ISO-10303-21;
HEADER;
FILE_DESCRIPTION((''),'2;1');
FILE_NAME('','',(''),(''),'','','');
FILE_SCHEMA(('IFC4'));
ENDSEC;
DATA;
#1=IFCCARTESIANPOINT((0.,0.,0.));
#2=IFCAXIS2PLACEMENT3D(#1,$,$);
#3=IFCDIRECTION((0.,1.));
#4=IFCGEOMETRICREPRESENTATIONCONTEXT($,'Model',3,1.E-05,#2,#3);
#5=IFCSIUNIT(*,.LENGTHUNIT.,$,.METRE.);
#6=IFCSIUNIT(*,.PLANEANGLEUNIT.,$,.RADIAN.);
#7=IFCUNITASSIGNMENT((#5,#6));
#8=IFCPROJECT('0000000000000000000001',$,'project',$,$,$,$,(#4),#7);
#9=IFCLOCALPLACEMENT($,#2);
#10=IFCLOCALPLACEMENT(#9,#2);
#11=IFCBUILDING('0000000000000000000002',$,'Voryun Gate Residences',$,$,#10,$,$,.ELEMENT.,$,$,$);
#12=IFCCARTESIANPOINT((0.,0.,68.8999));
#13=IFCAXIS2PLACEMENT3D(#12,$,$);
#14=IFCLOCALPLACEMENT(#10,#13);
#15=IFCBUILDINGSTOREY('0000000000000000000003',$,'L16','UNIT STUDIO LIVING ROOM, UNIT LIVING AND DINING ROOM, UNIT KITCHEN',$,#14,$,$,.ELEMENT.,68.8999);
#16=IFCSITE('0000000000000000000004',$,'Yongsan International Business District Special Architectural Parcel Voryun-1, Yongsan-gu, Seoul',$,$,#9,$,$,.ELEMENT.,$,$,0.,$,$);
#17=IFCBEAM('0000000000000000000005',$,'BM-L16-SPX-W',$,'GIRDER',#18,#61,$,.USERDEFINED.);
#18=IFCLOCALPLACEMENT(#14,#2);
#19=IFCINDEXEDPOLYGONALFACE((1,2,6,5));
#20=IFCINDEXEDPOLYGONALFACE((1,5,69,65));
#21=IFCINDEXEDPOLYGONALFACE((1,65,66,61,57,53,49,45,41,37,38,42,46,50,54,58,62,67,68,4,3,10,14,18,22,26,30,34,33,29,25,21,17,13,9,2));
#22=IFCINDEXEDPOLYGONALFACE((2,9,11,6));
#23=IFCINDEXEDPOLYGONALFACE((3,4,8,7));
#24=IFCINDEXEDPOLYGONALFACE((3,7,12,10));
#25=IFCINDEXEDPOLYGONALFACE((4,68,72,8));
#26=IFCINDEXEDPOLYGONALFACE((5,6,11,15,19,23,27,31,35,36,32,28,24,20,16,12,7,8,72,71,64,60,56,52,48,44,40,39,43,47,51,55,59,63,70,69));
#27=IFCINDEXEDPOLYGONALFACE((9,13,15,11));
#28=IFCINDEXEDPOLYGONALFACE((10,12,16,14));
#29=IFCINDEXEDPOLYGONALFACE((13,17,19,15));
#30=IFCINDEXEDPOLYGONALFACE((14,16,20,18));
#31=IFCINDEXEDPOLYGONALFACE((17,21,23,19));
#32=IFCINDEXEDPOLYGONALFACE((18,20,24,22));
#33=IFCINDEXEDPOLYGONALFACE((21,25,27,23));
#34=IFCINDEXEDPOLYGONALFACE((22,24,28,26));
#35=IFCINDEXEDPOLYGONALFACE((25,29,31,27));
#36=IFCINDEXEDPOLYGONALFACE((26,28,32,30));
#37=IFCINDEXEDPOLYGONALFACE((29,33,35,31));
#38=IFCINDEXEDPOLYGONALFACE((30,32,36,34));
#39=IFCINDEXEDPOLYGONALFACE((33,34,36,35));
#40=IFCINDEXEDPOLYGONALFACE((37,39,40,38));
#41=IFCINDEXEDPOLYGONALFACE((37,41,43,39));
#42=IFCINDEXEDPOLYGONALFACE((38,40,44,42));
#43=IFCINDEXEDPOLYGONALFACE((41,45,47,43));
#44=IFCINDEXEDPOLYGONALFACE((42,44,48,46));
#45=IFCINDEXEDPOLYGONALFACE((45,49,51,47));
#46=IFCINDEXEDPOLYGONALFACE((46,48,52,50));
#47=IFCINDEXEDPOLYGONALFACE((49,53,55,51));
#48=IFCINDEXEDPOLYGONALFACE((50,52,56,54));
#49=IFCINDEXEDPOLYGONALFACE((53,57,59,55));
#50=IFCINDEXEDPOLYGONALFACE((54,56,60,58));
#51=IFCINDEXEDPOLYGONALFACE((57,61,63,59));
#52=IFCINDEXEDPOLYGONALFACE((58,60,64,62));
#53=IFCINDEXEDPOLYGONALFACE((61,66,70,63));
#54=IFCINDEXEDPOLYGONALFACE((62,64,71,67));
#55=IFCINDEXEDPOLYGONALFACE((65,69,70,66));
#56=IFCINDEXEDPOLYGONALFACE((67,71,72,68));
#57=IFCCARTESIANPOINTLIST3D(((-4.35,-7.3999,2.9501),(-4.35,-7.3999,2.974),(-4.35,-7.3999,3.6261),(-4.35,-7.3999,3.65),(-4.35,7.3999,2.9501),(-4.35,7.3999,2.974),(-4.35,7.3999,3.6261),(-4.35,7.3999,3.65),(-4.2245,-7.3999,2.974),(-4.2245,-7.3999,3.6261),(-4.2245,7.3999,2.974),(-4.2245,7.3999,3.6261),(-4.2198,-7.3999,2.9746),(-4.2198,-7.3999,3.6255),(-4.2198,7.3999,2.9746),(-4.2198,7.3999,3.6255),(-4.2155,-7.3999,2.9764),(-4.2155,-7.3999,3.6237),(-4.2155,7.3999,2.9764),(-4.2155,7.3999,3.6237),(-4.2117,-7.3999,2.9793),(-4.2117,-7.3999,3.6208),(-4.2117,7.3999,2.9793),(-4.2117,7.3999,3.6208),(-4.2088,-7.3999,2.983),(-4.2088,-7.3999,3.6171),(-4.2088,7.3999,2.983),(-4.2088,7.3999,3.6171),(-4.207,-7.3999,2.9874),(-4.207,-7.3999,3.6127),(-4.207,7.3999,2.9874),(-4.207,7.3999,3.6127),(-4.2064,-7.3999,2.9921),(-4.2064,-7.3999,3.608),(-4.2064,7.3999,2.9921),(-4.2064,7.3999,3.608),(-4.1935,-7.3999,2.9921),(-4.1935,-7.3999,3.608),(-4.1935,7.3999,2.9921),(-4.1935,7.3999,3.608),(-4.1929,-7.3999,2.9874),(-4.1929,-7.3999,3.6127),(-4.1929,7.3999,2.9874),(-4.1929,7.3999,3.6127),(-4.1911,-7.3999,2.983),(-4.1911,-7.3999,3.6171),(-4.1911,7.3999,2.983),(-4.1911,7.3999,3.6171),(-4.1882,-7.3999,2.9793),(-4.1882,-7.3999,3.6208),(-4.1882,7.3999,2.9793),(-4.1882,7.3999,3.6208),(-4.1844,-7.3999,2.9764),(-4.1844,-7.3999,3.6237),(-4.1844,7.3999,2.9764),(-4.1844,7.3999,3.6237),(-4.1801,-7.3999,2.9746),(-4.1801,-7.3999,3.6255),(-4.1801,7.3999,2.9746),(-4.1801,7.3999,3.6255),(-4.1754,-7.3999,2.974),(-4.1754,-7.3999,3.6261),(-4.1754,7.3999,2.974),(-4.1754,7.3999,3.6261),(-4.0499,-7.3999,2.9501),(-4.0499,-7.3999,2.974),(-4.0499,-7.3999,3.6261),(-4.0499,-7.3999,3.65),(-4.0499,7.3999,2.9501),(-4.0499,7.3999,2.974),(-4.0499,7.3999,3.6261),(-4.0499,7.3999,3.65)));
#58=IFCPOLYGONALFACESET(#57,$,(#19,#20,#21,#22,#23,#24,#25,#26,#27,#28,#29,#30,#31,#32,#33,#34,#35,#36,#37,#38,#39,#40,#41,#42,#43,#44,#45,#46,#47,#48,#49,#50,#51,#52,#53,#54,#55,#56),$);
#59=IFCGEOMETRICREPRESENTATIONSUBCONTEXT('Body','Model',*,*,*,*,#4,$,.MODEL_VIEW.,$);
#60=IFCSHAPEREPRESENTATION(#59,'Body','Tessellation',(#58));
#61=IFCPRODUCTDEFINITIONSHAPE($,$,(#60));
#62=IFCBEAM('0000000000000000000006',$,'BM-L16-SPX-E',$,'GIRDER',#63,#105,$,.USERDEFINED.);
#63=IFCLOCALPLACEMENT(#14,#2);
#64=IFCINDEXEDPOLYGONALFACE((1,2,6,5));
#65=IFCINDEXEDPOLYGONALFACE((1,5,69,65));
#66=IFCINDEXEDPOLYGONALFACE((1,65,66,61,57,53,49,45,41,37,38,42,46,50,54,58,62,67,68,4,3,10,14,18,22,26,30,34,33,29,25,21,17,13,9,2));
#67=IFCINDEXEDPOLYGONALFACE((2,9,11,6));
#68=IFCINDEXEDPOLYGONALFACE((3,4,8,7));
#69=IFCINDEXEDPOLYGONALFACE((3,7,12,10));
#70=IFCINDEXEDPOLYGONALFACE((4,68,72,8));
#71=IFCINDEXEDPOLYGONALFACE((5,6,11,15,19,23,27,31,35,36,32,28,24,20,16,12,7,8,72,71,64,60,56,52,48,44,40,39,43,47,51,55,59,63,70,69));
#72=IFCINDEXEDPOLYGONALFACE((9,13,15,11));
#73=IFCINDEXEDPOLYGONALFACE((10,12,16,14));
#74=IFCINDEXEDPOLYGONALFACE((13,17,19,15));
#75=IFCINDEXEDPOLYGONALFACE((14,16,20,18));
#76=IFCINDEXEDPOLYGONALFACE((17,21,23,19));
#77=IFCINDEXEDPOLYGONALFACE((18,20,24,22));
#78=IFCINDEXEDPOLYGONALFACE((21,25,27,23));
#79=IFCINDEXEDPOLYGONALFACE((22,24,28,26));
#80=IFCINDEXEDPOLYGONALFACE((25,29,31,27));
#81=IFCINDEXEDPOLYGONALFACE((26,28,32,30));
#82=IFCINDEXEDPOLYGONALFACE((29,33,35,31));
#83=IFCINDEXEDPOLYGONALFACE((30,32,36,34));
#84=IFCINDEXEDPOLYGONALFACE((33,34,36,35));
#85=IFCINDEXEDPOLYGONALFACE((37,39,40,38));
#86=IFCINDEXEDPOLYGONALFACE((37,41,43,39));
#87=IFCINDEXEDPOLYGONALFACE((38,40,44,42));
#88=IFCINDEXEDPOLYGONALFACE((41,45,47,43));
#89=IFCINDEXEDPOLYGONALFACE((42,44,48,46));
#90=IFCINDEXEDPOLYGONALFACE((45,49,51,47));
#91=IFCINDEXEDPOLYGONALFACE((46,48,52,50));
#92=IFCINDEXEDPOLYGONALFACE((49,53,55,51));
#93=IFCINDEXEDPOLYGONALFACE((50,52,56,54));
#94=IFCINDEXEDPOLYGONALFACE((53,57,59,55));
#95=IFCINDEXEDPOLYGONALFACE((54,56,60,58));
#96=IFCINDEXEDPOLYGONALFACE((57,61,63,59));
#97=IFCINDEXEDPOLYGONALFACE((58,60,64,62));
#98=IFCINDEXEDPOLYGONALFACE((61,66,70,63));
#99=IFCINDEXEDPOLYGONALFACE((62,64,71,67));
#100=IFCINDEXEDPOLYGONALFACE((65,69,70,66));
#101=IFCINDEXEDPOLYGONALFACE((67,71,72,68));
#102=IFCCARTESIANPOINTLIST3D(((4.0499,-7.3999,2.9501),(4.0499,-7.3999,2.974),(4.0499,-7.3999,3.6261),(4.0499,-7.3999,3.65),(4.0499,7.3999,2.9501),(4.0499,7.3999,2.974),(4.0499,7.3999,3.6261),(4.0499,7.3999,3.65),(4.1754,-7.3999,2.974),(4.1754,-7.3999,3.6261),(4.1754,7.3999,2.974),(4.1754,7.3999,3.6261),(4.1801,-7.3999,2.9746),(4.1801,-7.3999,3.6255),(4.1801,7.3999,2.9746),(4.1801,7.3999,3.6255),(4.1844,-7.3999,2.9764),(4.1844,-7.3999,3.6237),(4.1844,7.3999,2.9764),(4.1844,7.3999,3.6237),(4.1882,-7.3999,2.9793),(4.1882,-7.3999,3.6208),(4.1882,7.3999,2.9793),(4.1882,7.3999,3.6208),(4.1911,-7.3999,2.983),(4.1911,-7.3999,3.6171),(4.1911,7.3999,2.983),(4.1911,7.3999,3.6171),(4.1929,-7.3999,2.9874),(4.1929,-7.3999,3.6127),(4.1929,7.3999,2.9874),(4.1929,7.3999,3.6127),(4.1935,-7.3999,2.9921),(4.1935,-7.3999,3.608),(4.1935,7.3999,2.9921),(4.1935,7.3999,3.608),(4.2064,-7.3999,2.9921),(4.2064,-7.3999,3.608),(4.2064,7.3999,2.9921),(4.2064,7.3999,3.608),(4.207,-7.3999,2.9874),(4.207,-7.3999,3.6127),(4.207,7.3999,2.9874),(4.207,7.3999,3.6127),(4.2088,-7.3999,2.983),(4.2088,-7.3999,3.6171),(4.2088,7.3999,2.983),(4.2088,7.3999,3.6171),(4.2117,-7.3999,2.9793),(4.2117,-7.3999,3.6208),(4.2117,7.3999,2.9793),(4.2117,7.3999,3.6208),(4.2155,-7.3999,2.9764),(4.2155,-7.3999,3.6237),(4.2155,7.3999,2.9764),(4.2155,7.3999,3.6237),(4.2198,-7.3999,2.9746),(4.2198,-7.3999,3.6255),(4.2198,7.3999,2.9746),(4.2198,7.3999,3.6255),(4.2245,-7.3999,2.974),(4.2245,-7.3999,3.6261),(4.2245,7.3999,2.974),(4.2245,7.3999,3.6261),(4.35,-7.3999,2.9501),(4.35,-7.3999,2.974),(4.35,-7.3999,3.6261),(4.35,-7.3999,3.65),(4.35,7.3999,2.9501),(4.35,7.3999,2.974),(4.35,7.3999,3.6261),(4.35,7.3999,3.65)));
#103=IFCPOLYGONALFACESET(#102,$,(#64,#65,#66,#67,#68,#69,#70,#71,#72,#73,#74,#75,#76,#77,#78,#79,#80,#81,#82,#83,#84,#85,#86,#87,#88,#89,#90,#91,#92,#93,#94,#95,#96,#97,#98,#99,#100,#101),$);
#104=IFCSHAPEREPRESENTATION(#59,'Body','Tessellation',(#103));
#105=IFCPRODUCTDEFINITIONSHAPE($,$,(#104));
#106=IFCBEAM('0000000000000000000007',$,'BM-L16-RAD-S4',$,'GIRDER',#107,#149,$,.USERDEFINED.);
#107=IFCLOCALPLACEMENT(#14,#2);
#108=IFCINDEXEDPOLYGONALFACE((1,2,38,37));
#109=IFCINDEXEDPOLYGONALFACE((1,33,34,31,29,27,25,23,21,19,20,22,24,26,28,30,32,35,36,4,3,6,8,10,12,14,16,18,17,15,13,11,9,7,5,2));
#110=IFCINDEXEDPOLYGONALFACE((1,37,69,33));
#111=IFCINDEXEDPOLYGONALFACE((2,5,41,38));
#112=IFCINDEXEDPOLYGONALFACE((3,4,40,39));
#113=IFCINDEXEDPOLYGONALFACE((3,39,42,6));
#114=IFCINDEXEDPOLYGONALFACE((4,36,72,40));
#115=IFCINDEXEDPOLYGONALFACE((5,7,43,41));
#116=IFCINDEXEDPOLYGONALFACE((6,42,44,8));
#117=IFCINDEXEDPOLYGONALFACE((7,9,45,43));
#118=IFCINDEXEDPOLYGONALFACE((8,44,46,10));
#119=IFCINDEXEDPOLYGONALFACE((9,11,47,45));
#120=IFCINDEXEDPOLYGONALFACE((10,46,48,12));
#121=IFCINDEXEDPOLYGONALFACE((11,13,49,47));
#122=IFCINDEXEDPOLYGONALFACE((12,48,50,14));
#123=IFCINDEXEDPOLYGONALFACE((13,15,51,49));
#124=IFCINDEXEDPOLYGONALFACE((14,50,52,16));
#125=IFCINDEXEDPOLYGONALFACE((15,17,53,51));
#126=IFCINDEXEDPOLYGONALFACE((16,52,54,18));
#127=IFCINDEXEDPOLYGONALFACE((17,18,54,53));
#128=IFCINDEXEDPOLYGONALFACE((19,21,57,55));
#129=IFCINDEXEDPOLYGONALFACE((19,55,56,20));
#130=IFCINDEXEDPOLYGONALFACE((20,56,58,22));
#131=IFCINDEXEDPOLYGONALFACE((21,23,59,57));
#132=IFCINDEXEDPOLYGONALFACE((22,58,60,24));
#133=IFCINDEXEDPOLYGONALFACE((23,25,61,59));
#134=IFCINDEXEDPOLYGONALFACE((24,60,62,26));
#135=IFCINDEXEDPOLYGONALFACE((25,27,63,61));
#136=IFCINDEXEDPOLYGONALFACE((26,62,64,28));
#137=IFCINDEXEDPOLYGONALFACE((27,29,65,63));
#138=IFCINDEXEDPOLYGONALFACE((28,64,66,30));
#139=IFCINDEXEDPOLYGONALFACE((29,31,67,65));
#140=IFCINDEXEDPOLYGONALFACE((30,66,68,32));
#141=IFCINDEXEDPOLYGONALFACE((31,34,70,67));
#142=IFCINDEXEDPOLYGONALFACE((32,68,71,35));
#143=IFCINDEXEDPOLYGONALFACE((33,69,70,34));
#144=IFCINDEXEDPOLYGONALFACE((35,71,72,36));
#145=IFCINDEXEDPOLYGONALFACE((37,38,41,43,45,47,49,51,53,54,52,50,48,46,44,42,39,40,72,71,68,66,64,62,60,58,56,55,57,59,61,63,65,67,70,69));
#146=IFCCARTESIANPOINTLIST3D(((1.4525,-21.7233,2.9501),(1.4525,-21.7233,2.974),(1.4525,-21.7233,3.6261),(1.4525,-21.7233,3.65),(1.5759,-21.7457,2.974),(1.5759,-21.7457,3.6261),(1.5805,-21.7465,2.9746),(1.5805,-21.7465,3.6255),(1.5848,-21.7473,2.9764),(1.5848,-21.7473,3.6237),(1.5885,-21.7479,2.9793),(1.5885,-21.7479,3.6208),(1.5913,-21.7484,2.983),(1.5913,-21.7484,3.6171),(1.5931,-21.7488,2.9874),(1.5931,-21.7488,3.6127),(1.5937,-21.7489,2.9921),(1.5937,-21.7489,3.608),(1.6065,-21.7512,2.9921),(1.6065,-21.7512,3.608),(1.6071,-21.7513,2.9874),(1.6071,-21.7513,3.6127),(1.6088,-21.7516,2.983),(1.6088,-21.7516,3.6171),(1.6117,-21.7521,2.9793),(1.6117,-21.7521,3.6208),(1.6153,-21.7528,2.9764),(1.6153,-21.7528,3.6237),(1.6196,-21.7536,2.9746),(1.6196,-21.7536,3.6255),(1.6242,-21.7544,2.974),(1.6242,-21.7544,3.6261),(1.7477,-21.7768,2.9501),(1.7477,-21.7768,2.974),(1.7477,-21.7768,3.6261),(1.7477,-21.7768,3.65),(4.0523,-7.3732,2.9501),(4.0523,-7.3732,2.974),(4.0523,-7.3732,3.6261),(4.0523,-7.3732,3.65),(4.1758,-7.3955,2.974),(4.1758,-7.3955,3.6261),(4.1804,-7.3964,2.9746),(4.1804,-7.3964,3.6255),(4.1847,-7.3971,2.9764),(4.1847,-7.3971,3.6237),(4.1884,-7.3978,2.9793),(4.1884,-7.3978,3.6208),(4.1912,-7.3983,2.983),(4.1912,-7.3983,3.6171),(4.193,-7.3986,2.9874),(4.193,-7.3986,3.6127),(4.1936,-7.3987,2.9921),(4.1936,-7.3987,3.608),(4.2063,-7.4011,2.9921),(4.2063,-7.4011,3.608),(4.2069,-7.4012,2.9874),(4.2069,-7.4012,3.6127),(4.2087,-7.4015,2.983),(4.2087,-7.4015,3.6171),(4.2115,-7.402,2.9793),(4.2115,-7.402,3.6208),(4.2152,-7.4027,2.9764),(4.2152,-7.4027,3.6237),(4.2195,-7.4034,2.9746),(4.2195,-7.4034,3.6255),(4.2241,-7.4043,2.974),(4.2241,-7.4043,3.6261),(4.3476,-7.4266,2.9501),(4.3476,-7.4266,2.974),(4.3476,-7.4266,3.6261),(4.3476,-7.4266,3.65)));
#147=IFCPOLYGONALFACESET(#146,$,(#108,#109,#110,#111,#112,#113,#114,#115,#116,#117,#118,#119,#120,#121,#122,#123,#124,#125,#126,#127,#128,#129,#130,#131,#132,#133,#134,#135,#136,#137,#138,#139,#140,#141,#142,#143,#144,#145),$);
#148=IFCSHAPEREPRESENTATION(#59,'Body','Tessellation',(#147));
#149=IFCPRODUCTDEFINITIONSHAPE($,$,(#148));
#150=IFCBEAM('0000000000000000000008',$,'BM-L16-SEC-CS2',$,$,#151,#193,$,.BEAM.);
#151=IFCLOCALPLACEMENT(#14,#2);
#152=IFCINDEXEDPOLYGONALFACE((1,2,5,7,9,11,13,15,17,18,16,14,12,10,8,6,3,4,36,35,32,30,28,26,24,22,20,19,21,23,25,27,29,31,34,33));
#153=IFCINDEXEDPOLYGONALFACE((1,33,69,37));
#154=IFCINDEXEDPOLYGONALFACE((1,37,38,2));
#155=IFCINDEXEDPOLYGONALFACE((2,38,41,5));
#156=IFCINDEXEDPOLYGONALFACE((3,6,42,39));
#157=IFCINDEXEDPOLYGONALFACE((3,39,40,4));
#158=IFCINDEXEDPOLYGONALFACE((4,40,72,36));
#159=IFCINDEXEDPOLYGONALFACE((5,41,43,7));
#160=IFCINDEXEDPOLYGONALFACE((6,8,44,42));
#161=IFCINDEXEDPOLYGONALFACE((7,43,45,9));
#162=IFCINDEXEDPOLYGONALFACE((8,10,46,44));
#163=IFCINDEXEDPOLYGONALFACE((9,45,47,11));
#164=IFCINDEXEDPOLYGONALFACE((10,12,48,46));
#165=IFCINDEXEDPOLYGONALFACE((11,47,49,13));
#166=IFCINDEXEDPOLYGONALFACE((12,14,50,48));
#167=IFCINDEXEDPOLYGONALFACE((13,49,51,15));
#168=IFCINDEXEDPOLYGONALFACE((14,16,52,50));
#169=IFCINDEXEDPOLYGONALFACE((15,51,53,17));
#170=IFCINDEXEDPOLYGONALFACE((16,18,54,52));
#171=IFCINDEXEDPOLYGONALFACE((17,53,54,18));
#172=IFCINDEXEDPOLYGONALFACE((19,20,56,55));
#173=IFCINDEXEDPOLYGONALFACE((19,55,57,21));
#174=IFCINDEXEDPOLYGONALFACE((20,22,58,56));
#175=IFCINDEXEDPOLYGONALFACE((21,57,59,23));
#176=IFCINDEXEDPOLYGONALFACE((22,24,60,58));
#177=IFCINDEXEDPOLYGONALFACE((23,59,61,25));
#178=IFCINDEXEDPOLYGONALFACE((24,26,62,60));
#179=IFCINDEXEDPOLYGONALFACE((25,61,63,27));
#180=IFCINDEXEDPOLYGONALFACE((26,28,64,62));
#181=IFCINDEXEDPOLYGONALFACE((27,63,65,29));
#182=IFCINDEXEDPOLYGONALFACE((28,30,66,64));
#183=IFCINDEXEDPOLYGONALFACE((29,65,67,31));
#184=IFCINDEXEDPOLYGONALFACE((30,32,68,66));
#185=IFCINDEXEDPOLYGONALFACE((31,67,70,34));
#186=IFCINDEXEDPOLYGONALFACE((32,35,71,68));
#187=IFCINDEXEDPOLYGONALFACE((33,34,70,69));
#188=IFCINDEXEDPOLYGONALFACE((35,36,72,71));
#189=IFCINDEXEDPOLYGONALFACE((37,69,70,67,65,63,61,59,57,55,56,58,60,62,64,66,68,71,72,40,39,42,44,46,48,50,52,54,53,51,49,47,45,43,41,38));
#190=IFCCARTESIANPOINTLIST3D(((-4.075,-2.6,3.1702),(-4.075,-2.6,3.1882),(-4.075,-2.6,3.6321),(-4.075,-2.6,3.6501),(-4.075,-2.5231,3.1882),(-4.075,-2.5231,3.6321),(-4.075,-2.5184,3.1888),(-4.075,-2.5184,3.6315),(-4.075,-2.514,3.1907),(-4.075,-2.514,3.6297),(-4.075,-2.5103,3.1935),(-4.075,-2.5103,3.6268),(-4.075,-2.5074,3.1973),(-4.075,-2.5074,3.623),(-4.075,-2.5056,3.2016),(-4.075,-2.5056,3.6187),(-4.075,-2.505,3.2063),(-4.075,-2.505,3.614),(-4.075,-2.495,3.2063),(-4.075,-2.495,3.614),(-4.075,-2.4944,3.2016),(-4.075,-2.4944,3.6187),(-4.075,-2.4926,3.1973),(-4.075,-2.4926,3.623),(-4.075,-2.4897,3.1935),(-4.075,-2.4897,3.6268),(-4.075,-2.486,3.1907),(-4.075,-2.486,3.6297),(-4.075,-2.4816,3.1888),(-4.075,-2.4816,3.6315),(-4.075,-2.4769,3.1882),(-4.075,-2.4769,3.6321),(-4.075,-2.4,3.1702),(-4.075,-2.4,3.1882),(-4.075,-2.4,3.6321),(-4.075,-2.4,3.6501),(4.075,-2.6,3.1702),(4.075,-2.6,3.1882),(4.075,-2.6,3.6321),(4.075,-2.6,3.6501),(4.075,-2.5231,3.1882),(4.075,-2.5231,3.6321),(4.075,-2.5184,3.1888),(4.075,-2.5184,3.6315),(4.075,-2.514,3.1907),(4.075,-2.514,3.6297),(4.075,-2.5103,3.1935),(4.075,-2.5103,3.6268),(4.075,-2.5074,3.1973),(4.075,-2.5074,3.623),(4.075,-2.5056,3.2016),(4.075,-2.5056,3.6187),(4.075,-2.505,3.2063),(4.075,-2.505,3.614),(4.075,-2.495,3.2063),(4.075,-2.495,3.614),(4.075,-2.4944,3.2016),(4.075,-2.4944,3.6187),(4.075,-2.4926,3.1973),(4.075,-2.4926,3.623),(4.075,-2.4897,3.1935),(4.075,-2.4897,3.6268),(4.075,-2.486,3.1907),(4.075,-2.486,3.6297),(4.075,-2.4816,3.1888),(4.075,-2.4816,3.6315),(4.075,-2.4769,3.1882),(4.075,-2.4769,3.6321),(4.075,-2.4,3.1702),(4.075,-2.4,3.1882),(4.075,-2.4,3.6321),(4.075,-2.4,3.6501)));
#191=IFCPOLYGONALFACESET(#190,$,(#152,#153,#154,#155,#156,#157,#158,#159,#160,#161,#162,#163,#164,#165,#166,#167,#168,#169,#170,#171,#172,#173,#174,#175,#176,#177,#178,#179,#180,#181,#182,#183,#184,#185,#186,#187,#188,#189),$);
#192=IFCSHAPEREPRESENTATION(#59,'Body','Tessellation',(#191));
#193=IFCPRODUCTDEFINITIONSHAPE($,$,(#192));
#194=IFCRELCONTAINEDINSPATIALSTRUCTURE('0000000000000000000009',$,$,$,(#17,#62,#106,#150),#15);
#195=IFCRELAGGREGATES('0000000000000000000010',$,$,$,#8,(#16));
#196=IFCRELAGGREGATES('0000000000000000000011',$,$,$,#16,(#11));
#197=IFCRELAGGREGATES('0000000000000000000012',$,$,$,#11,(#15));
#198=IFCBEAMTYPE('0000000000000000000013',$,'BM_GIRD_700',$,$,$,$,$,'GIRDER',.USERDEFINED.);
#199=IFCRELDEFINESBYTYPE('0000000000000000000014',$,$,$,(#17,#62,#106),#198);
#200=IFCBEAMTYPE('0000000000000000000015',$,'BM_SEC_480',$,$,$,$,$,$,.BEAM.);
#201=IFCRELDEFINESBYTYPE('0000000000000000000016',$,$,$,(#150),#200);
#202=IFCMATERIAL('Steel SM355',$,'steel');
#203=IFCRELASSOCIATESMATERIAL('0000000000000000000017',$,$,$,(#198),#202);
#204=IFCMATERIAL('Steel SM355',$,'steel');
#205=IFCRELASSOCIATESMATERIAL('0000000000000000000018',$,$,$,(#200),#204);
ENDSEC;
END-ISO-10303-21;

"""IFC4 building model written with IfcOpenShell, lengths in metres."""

from ifc_helpers import new_model, si_unit, direction, frame, origin, origin_2d, place, context, subcontext, project, spatial, i_section, extrude, material, material_profile, profile_set, type_object, element, save


model = new_model("IFC4")

# Units and contexts
model_context = context("Model", 3, precision=1e-05, world=origin(), true_north=direction((0.0, 1.0)))
body_context = subcontext(model_context, "Body", "Model", "MODEL_VIEW")
ifc_project = project(units=[si_unit("LENGTHUNIT", "METRE"), si_unit("PLANEANGLEUNIT", "RADIAN")], contexts=[model_context])

# Site, building, storey
site_placement = place(None, origin())
site = spatial("IfcSite", under=ifc_project, at=site_placement, Name="Yongsan International Business District Special Architectural Parcel Voryun-1, Yongsan-gu, Seoul", CompositionType="ELEMENT", RefElevation=0.0)
building_placement = place(site_placement, origin())
building = spatial("IfcBuilding", under=site, at=building_placement, Name="Voryun Gate Residences", CompositionType="ELEMENT")
storey_placement = place(building_placement, frame((0.0, 0.0, 68.8999)))
storey = spatial("IfcBuildingStorey", under=building, at=storey_placement, Name="L16", Description="UNIT STUDIO LIVING ROOM, UNIT LIVING AND DINING ROOM, UNIT KITCHEN", CompositionType="ELEMENT", Elevation=68.8999)

# Beams
ifc_material_1 = material(Name="Steel SM355", Category="steel")
ifc_material_profile_1 = material_profile(ifc_material_1, i_section(OverallWidth=0.3, OverallDepth=0.7, WebThickness=0.0129, FlangeThickness=0.0239, FilletRadius=0.0181, at=origin_2d()), Name="H-700x300x13x24")
ifc_profile_set_1 = profile_set([ifc_material_profile_1], Name="Steel SM355")
beam_type_1 = type_object("IfcBeamType", Name="BM_GIRD_700", ElementType="GIRDER", PredefinedType="USERDEFINED", material=ifc_profile_set_1)
for number, where, z_axis, x_axis, name in (
    (1, (-4.2, -7.3999, 3.3), (0.0, 1.0, 0.0), (-1.0, 0.0, 0.0), "BM-L16-SPX-W"),
    (2, (4.2, -7.3999, 3.3), (0.0, 1.0, 0.0), (-1.0, 0.0, 0.0), "BM-L16-SPX-E"),
):
    element("IfcBeam", number, at=place(storey_placement, frame(where, z_axis=z_axis, x_axis=x_axis)), inside=storey, type_object=beam_type_1, Name=name, ObjectType="GIRDER", PredefinedType="USERDEFINED", context=body_context, shape_type="SweptSolid", body=[
        extrude(i_section(OverallWidth=0.3, OverallDepth=0.7, WebThickness=0.0129, FlangeThickness=0.0239, FilletRadius=0.0181, at=origin_2d()), origin(), (0.0, 0.0, 1.0), 14.7998),
    ])
beam_1_placement = place(storey_placement, frame((4.2, -7.3999, 3.3), z_axis=(-0.178271, -0.983981, 0.0), x_axis=(0.983981, -0.178271, 0.0)))
element("IfcBeam", 3, at=beam_1_placement, inside=storey, type_object=beam_type_1, Name="BM-L16-RAD-S4", ObjectType="GIRDER", PredefinedType="USERDEFINED", context=body_context, shape_type="SweptSolid", body=[
    extrude(i_section(OverallWidth=0.3, OverallDepth=0.7, WebThickness=0.0129, FlangeThickness=0.0239, FilletRadius=0.0181, at=origin_2d()), origin(), (0.0, 0.0, 1.0), 14.5837),
])
ifc_material_2 = material(Name="Steel SM355", Category="steel")
ifc_material_profile_2 = material_profile(ifc_material_2, i_section(OverallWidth=0.2, OverallDepth=0.48, WebThickness=0.01, FlangeThickness=0.0181, FilletRadius=0.0181, at=origin_2d()), Name="H-480x200x10x18")
ifc_profile_set_2 = profile_set([ifc_material_profile_2], Name="Steel SM355")
beam_type_2 = type_object("IfcBeamType", Name="BM_SEC_480", PredefinedType="BEAM", material=ifc_profile_set_2)
beam_2_placement = place(storey_placement, frame((-4.075, -2.5, 3.4102), z_axis=(1.0, 0.0, 0.0), x_axis=(0.0, 1.0, 0.0)))
element("IfcBeam", 4, at=beam_2_placement, inside=storey, type_object=beam_type_2, Name="BM-L16-SEC-CS2", PredefinedType="BEAM", context=body_context, shape_type="SweptSolid", body=[
    extrude(i_section(OverallWidth=0.2, OverallDepth=0.48, WebThickness=0.01, FlangeThickness=0.0181, FilletRadius=0.0181, at=origin_2d()), origin(), (0.0, 0.0, 1.0), 8.1499),
])

save(model, "model.ifc")
